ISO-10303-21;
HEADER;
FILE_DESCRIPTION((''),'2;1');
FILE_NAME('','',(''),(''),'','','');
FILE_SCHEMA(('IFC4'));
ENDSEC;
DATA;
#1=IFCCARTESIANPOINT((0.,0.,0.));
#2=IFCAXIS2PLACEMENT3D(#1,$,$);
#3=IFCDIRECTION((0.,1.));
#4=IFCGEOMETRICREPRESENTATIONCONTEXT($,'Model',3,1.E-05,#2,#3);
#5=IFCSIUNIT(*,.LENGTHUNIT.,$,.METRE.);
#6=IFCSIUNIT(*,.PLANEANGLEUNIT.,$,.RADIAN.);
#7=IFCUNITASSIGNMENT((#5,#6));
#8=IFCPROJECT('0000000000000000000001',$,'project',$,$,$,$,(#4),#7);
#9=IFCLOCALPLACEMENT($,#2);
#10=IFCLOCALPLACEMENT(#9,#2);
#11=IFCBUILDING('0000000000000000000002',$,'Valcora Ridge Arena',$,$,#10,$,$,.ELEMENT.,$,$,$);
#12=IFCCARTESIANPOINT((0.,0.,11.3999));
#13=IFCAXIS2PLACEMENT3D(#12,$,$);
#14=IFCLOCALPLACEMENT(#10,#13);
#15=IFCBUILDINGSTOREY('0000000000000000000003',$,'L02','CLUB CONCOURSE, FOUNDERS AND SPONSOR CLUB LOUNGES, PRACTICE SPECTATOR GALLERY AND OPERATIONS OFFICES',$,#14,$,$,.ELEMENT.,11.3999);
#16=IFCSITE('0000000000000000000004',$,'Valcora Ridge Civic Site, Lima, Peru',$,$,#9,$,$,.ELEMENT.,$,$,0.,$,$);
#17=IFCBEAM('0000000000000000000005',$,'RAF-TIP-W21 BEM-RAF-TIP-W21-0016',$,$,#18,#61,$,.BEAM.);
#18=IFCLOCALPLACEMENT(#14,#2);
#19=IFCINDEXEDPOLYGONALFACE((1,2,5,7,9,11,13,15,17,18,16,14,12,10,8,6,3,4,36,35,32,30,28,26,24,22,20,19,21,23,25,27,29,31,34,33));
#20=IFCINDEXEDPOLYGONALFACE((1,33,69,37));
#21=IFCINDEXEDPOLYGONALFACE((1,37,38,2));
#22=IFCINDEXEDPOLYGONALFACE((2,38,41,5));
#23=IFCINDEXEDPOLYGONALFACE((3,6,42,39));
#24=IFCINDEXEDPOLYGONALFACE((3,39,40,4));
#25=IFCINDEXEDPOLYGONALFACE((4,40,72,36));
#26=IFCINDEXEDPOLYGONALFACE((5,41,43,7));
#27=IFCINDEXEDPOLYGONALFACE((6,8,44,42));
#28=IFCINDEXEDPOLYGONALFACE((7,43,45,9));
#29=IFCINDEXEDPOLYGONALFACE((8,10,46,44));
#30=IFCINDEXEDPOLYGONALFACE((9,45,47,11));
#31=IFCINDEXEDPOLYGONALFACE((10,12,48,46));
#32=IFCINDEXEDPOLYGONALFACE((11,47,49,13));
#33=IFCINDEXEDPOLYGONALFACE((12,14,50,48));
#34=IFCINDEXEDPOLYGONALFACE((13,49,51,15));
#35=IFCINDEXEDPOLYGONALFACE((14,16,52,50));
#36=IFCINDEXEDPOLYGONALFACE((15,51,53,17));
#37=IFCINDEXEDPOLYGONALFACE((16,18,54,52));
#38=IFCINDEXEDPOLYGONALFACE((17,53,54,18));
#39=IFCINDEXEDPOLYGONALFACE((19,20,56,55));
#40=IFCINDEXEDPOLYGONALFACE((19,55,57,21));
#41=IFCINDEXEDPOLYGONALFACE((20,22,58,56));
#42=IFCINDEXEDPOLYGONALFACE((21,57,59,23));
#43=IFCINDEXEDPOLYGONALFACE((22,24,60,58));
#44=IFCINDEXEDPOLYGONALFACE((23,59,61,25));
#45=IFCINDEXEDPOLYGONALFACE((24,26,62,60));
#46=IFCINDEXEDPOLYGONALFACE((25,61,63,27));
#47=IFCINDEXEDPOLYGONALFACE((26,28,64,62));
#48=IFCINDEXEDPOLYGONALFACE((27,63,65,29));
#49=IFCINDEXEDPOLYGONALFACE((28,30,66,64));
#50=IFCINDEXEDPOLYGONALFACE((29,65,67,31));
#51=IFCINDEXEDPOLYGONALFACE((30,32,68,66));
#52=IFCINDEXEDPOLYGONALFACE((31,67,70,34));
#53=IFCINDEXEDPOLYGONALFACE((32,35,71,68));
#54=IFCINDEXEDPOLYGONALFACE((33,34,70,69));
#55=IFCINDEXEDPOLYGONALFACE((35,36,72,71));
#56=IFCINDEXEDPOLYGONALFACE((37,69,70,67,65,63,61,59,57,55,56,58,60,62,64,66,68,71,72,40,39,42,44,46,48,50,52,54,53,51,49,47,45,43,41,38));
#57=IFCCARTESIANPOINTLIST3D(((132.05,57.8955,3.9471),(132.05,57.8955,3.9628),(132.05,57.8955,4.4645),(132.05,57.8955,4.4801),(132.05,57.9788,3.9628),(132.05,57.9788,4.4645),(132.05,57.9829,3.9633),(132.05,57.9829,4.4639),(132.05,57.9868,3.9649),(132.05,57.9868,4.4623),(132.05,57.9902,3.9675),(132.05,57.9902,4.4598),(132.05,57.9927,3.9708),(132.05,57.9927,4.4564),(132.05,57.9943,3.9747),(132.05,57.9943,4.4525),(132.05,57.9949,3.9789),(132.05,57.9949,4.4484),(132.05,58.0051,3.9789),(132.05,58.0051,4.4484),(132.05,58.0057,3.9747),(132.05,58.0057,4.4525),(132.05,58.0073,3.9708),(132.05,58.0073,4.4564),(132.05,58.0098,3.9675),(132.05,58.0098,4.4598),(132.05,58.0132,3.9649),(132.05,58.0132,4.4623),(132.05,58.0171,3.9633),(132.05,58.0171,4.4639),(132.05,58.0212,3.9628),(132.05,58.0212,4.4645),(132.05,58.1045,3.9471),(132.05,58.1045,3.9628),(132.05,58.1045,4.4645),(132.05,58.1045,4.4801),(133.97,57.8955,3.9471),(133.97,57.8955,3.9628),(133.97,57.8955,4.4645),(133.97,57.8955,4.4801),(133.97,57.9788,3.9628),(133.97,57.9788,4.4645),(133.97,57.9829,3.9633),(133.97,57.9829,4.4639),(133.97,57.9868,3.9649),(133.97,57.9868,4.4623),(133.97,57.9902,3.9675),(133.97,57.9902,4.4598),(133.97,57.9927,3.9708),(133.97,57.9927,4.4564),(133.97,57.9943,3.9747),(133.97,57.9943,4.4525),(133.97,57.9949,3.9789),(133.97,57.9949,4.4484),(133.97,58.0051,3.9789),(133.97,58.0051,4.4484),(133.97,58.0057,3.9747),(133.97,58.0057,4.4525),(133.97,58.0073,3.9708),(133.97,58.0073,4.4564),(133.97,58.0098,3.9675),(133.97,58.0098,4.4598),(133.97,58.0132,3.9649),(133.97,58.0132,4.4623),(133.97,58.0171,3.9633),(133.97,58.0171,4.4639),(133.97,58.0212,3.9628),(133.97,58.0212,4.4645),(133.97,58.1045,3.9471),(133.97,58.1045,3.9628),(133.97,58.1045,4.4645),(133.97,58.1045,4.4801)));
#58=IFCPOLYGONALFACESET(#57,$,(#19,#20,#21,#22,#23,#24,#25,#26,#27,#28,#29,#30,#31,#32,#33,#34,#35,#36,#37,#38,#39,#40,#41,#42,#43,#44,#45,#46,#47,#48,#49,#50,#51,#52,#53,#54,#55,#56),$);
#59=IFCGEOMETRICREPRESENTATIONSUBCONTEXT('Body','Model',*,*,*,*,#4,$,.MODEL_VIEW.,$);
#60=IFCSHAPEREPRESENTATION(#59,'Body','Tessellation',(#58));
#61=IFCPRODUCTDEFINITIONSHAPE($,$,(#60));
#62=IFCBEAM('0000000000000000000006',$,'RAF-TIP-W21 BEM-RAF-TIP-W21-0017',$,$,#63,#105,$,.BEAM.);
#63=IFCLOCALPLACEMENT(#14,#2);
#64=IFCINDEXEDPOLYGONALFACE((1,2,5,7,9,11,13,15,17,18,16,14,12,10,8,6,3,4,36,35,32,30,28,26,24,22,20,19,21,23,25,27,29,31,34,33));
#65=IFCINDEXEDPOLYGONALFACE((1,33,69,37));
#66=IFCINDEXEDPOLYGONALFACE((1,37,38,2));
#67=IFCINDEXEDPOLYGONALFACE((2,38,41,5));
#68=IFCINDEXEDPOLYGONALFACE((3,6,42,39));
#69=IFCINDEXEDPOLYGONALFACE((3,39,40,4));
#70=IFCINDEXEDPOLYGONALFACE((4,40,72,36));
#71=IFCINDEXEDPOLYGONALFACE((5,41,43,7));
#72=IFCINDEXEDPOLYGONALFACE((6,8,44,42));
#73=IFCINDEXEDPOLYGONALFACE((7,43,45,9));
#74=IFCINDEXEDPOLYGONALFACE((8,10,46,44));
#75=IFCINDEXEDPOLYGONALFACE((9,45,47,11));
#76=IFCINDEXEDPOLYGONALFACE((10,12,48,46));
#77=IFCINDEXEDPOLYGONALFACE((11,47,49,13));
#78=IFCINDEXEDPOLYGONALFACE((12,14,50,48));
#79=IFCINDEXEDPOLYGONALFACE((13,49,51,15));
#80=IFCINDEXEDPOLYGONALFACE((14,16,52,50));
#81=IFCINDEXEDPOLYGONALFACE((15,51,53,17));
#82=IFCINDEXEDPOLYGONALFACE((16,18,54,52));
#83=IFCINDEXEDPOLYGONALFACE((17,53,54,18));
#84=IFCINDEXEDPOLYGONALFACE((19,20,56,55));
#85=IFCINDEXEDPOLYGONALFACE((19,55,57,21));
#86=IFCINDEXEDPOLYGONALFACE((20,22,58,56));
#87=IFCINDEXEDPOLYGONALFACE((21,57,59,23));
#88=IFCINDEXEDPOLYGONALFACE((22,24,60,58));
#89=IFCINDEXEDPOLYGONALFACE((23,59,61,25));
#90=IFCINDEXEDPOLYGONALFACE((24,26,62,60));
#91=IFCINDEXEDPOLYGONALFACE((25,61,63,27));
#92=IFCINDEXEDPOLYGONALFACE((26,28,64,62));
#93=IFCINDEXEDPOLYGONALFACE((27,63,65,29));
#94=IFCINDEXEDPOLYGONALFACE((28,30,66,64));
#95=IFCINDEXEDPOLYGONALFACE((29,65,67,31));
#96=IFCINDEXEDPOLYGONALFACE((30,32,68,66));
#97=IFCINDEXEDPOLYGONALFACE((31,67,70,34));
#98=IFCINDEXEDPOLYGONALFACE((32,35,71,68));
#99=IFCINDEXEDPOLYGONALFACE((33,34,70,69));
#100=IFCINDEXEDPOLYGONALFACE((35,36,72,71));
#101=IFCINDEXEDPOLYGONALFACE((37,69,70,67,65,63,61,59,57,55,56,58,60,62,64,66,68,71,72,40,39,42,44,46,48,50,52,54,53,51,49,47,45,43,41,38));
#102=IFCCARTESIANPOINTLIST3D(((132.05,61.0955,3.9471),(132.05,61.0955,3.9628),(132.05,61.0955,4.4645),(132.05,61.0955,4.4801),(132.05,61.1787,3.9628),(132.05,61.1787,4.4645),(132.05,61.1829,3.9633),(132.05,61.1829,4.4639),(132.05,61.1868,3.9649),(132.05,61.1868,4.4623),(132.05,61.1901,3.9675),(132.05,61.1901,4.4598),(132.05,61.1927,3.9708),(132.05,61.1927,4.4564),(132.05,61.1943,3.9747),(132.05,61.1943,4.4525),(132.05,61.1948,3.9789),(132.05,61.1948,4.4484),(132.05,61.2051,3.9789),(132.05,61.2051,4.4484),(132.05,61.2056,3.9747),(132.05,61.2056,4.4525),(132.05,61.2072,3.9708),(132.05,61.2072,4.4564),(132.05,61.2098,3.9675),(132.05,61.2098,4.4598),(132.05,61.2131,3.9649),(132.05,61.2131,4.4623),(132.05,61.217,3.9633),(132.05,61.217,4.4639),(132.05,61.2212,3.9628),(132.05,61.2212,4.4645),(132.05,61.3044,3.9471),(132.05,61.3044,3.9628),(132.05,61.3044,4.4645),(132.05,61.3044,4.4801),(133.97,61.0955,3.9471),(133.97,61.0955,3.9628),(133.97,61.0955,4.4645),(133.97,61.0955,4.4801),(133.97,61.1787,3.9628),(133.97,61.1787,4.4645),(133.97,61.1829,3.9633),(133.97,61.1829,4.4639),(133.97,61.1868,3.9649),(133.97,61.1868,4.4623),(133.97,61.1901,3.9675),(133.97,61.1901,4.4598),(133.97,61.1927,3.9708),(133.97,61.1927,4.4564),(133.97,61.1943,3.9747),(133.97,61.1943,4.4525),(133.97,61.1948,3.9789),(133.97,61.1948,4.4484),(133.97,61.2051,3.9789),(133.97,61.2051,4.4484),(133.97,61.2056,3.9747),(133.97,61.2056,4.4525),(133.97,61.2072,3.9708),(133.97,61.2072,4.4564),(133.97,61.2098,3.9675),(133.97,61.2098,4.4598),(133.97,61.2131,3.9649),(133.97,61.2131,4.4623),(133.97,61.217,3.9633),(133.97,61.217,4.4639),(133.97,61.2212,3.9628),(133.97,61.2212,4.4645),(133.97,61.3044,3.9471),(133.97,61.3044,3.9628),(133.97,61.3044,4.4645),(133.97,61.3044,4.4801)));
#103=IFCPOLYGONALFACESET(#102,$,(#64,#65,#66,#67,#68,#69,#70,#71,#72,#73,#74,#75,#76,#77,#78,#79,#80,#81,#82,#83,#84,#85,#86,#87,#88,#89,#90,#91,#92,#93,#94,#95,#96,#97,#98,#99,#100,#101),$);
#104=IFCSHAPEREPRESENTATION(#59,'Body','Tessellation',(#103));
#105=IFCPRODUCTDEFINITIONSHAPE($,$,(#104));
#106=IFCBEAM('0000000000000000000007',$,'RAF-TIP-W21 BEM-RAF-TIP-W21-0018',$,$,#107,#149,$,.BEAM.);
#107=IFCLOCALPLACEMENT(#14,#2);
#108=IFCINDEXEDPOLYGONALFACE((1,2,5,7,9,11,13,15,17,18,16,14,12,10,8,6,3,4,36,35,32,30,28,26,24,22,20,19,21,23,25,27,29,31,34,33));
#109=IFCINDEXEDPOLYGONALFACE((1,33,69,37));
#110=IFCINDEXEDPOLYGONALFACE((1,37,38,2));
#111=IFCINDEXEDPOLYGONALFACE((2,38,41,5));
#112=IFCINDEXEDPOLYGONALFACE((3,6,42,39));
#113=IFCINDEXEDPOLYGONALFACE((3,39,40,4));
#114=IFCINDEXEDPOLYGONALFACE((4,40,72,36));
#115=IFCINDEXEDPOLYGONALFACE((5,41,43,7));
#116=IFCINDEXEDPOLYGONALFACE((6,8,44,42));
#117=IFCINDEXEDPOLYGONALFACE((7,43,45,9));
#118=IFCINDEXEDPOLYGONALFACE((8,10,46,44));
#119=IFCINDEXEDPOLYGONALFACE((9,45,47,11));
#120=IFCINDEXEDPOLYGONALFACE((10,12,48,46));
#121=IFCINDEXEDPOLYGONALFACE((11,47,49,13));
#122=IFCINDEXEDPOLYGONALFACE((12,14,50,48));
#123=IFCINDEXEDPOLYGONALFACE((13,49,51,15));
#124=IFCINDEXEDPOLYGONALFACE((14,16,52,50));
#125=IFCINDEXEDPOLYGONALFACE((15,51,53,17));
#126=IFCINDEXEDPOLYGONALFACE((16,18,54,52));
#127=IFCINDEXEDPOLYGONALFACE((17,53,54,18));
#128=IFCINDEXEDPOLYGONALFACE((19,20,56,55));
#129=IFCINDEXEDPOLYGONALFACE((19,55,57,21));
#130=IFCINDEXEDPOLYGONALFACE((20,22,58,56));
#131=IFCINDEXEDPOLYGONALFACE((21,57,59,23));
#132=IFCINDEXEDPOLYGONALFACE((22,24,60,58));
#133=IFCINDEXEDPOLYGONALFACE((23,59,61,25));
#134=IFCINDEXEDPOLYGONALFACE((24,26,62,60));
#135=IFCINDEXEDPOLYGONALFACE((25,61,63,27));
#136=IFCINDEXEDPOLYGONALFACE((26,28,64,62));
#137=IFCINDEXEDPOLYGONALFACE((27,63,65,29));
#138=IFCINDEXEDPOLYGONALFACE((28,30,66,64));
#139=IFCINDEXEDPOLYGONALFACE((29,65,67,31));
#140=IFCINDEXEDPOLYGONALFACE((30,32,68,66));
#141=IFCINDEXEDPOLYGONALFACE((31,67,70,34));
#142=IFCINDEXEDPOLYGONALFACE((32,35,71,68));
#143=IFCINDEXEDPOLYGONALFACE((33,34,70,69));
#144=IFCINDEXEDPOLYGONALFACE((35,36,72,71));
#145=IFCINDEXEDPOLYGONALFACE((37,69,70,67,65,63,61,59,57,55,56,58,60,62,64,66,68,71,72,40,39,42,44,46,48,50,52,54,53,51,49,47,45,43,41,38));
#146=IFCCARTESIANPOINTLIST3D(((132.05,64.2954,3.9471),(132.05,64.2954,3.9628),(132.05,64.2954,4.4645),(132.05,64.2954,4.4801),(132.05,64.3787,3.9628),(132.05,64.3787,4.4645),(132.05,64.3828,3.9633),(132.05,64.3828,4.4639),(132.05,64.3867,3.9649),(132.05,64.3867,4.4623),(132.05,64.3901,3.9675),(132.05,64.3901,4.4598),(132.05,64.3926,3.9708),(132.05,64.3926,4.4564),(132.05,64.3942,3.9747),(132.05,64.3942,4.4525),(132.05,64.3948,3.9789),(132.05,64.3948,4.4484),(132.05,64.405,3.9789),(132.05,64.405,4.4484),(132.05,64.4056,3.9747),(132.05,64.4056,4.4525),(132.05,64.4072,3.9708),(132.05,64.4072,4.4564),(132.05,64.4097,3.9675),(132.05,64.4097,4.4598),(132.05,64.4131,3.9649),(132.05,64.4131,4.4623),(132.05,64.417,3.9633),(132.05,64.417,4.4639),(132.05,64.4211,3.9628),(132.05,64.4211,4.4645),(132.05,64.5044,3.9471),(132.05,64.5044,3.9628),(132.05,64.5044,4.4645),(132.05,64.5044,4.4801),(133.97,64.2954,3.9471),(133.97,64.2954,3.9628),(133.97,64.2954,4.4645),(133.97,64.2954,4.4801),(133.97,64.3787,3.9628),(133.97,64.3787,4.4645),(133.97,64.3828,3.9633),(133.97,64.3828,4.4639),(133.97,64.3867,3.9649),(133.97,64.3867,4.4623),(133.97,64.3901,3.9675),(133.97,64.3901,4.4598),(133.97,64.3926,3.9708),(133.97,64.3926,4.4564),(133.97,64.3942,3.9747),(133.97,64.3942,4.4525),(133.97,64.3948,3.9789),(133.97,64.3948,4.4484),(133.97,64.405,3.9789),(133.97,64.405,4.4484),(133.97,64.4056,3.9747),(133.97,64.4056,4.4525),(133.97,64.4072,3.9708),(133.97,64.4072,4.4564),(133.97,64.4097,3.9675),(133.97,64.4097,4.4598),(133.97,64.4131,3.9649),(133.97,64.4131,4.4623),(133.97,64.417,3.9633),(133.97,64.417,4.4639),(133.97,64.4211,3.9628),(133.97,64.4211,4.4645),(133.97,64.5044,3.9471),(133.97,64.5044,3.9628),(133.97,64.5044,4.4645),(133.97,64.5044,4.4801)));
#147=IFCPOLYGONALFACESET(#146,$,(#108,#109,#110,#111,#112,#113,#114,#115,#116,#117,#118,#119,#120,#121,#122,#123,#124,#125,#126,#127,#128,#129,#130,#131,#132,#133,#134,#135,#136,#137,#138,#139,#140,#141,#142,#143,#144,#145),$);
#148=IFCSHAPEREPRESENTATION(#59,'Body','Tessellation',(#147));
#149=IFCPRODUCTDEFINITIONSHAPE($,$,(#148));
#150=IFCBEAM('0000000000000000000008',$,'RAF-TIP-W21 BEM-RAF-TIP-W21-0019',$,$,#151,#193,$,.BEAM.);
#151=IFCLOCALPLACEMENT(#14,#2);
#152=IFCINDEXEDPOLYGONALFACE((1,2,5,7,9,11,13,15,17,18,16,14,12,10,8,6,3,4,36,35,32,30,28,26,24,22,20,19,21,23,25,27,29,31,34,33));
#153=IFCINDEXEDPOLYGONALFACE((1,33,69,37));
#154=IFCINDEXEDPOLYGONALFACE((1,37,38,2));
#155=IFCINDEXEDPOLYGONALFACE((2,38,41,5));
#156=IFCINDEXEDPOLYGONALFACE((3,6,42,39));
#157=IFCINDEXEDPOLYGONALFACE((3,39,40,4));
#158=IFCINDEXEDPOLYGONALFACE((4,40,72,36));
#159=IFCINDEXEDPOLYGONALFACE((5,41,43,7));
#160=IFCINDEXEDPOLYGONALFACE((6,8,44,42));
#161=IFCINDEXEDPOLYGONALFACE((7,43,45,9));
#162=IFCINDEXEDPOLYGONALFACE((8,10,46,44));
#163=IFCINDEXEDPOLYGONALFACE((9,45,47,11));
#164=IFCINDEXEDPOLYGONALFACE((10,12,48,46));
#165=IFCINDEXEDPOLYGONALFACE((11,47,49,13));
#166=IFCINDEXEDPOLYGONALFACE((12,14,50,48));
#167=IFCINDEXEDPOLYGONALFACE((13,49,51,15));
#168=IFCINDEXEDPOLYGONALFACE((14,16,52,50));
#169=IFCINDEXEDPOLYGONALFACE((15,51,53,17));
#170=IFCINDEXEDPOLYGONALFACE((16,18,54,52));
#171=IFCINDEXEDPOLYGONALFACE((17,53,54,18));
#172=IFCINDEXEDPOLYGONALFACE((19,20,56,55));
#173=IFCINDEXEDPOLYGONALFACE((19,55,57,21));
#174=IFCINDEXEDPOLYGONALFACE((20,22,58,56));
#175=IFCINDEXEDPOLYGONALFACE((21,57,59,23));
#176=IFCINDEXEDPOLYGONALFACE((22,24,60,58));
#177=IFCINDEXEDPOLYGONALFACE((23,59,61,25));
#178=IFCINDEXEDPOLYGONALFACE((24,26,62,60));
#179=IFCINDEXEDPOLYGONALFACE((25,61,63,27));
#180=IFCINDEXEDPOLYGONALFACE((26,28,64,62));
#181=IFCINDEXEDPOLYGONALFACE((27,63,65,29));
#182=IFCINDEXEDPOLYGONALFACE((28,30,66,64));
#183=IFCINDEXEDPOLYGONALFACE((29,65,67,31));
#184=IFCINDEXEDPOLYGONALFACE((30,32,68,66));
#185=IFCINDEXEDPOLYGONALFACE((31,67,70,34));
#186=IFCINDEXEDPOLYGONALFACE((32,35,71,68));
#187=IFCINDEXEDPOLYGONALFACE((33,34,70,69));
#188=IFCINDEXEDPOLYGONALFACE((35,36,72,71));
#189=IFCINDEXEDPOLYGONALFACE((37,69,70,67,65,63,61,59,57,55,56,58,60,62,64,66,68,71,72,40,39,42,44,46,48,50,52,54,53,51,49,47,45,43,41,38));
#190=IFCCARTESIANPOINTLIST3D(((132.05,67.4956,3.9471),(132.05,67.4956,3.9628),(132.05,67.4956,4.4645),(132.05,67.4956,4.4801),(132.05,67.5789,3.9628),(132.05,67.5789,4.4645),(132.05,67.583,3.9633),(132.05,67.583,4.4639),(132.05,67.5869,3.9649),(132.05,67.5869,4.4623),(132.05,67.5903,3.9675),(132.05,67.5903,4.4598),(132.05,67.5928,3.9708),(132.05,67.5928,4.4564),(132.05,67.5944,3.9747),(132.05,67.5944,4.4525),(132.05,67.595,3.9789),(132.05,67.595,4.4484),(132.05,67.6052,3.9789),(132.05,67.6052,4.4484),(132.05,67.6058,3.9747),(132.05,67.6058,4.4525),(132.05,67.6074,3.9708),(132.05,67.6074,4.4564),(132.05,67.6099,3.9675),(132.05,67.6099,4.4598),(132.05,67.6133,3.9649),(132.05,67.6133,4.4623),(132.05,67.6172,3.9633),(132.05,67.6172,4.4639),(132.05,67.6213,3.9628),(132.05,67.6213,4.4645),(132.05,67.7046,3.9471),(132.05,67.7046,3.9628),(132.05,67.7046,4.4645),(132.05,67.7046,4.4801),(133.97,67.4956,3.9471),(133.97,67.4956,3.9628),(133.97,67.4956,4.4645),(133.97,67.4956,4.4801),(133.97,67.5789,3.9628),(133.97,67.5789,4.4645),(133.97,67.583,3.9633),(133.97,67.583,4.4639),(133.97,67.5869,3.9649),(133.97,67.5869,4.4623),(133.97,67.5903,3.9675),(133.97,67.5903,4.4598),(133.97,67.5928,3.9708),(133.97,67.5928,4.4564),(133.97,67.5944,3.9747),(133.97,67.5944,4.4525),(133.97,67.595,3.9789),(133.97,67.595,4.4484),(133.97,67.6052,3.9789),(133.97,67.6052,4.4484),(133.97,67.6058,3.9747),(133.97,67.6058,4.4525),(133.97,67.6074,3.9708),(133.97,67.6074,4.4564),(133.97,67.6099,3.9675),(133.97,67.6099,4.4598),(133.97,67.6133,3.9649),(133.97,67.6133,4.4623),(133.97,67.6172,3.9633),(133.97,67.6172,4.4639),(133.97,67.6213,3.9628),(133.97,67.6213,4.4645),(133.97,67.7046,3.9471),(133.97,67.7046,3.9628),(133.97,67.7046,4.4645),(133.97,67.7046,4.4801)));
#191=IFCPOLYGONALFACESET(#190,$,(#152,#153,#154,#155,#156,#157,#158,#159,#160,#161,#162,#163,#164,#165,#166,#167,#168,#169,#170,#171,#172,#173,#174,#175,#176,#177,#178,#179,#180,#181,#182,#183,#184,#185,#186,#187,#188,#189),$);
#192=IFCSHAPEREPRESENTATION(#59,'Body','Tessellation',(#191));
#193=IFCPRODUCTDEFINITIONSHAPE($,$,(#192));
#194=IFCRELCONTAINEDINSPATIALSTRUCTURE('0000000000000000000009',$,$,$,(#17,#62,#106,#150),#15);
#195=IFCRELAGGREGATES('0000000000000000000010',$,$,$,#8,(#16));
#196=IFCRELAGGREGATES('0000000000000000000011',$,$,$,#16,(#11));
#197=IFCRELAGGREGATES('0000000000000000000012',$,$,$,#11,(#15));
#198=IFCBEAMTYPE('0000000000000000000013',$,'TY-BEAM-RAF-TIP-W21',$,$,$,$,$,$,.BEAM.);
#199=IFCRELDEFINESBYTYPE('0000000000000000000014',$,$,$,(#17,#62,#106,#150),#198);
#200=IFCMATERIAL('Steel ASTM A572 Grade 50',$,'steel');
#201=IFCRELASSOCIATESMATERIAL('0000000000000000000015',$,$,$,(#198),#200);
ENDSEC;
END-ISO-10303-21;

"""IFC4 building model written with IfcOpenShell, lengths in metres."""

from ifc_helpers import new_model, si_unit, direction, frame, origin, origin_2d, place, context, subcontext, project, spatial, i_section, extrude, material, material_profile, profile_set, type_object, element, save


model = new_model("IFC4")

# Units and contexts
model_context = context("Model", 3, precision=1e-05, world=origin(), true_north=direction((0.0, 1.0)))
body_context = subcontext(model_context, "Body", "Model", "MODEL_VIEW")
ifc_project = project(units=[si_unit("LENGTHUNIT", "METRE"), si_unit("PLANEANGLEUNIT", "RADIAN")], contexts=[model_context])

# Site, building, storey
site_placement = place(None, origin())
site = spatial("IfcSite", under=ifc_project, at=site_placement, Name="Valcora Ridge Civic Site, Lima, Peru", CompositionType="ELEMENT", RefElevation=0.0)
building_placement = place(site_placement, origin())
building = spatial("IfcBuilding", under=site, at=building_placement, Name="Valcora Ridge Arena", CompositionType="ELEMENT")
storey_placement = place(building_placement, frame((0.0, 0.0, 11.3999)))
storey = spatial("IfcBuildingStorey", under=building, at=storey_placement, Name="L02", Description="CLUB CONCOURSE, FOUNDERS AND SPONSOR CLUB LOUNGES, PRACTICE SPECTATOR GALLERY AND OPERATIONS OFFICES", CompositionType="ELEMENT", Elevation=11.3999)

# Beams
ifc_material_1 = material(Name="Steel ASTM A572 Grade 50", Category="steel")
ifc_material_profile_1 = material_profile(ifc_material_1, i_section(OverallWidth=0.209, OverallDepth=0.533, WebThickness=0.0103, FlangeThickness=0.0156, FilletRadius=0.0161, at=origin_2d()), Name="W21X62")
ifc_profile_set_1 = profile_set([ifc_material_profile_1], Name="Steel ASTM A572 Grade 50")
beam_type_1 = type_object("IfcBeamType", Name="TY-BEAM-RAF-TIP-W21", PredefinedType="BEAM", material=ifc_profile_set_1)
for number, where, z_axis, x_axis, name in (
    (1, (132.05, 58.0, 4.2136), (1.0, 0.0, 0.0), (0.0, 1.0, 0.0), "RAF-TIP-W21 BEM-RAF-TIP-W21-0016"),
    (2, (132.05, 61.2, 4.2136), (1.0, 0.0, 0.0), (0.0, 1.0, 0.0), "RAF-TIP-W21 BEM-RAF-TIP-W21-0017"),
    (3, (132.05, 64.3999, 4.2136), (1.0, 0.0, 0.0), (0.0, 1.0, 0.0), "RAF-TIP-W21 BEM-RAF-TIP-W21-0018"),
    (4, (132.05, 67.6001, 4.2136), (1.0, 0.0, 0.0), (0.0, 1.0, 0.0), "RAF-TIP-W21 BEM-RAF-TIP-W21-0019"),
):
    element("IfcBeam", number, at=place(storey_placement, frame(where, z_axis=z_axis, x_axis=x_axis)), inside=storey, type_object=beam_type_1, Name=name, PredefinedType="BEAM", context=body_context, shape_type="SweptSolid", body=[
        extrude(i_section(OverallWidth=0.209, OverallDepth=0.533, WebThickness=0.0103, FlangeThickness=0.0156, FilletRadius=0.0161, at=origin_2d()), origin(), (0.0, 0.0, 1.0), 1.9199),
    ])

save(model, "model.ifc")
